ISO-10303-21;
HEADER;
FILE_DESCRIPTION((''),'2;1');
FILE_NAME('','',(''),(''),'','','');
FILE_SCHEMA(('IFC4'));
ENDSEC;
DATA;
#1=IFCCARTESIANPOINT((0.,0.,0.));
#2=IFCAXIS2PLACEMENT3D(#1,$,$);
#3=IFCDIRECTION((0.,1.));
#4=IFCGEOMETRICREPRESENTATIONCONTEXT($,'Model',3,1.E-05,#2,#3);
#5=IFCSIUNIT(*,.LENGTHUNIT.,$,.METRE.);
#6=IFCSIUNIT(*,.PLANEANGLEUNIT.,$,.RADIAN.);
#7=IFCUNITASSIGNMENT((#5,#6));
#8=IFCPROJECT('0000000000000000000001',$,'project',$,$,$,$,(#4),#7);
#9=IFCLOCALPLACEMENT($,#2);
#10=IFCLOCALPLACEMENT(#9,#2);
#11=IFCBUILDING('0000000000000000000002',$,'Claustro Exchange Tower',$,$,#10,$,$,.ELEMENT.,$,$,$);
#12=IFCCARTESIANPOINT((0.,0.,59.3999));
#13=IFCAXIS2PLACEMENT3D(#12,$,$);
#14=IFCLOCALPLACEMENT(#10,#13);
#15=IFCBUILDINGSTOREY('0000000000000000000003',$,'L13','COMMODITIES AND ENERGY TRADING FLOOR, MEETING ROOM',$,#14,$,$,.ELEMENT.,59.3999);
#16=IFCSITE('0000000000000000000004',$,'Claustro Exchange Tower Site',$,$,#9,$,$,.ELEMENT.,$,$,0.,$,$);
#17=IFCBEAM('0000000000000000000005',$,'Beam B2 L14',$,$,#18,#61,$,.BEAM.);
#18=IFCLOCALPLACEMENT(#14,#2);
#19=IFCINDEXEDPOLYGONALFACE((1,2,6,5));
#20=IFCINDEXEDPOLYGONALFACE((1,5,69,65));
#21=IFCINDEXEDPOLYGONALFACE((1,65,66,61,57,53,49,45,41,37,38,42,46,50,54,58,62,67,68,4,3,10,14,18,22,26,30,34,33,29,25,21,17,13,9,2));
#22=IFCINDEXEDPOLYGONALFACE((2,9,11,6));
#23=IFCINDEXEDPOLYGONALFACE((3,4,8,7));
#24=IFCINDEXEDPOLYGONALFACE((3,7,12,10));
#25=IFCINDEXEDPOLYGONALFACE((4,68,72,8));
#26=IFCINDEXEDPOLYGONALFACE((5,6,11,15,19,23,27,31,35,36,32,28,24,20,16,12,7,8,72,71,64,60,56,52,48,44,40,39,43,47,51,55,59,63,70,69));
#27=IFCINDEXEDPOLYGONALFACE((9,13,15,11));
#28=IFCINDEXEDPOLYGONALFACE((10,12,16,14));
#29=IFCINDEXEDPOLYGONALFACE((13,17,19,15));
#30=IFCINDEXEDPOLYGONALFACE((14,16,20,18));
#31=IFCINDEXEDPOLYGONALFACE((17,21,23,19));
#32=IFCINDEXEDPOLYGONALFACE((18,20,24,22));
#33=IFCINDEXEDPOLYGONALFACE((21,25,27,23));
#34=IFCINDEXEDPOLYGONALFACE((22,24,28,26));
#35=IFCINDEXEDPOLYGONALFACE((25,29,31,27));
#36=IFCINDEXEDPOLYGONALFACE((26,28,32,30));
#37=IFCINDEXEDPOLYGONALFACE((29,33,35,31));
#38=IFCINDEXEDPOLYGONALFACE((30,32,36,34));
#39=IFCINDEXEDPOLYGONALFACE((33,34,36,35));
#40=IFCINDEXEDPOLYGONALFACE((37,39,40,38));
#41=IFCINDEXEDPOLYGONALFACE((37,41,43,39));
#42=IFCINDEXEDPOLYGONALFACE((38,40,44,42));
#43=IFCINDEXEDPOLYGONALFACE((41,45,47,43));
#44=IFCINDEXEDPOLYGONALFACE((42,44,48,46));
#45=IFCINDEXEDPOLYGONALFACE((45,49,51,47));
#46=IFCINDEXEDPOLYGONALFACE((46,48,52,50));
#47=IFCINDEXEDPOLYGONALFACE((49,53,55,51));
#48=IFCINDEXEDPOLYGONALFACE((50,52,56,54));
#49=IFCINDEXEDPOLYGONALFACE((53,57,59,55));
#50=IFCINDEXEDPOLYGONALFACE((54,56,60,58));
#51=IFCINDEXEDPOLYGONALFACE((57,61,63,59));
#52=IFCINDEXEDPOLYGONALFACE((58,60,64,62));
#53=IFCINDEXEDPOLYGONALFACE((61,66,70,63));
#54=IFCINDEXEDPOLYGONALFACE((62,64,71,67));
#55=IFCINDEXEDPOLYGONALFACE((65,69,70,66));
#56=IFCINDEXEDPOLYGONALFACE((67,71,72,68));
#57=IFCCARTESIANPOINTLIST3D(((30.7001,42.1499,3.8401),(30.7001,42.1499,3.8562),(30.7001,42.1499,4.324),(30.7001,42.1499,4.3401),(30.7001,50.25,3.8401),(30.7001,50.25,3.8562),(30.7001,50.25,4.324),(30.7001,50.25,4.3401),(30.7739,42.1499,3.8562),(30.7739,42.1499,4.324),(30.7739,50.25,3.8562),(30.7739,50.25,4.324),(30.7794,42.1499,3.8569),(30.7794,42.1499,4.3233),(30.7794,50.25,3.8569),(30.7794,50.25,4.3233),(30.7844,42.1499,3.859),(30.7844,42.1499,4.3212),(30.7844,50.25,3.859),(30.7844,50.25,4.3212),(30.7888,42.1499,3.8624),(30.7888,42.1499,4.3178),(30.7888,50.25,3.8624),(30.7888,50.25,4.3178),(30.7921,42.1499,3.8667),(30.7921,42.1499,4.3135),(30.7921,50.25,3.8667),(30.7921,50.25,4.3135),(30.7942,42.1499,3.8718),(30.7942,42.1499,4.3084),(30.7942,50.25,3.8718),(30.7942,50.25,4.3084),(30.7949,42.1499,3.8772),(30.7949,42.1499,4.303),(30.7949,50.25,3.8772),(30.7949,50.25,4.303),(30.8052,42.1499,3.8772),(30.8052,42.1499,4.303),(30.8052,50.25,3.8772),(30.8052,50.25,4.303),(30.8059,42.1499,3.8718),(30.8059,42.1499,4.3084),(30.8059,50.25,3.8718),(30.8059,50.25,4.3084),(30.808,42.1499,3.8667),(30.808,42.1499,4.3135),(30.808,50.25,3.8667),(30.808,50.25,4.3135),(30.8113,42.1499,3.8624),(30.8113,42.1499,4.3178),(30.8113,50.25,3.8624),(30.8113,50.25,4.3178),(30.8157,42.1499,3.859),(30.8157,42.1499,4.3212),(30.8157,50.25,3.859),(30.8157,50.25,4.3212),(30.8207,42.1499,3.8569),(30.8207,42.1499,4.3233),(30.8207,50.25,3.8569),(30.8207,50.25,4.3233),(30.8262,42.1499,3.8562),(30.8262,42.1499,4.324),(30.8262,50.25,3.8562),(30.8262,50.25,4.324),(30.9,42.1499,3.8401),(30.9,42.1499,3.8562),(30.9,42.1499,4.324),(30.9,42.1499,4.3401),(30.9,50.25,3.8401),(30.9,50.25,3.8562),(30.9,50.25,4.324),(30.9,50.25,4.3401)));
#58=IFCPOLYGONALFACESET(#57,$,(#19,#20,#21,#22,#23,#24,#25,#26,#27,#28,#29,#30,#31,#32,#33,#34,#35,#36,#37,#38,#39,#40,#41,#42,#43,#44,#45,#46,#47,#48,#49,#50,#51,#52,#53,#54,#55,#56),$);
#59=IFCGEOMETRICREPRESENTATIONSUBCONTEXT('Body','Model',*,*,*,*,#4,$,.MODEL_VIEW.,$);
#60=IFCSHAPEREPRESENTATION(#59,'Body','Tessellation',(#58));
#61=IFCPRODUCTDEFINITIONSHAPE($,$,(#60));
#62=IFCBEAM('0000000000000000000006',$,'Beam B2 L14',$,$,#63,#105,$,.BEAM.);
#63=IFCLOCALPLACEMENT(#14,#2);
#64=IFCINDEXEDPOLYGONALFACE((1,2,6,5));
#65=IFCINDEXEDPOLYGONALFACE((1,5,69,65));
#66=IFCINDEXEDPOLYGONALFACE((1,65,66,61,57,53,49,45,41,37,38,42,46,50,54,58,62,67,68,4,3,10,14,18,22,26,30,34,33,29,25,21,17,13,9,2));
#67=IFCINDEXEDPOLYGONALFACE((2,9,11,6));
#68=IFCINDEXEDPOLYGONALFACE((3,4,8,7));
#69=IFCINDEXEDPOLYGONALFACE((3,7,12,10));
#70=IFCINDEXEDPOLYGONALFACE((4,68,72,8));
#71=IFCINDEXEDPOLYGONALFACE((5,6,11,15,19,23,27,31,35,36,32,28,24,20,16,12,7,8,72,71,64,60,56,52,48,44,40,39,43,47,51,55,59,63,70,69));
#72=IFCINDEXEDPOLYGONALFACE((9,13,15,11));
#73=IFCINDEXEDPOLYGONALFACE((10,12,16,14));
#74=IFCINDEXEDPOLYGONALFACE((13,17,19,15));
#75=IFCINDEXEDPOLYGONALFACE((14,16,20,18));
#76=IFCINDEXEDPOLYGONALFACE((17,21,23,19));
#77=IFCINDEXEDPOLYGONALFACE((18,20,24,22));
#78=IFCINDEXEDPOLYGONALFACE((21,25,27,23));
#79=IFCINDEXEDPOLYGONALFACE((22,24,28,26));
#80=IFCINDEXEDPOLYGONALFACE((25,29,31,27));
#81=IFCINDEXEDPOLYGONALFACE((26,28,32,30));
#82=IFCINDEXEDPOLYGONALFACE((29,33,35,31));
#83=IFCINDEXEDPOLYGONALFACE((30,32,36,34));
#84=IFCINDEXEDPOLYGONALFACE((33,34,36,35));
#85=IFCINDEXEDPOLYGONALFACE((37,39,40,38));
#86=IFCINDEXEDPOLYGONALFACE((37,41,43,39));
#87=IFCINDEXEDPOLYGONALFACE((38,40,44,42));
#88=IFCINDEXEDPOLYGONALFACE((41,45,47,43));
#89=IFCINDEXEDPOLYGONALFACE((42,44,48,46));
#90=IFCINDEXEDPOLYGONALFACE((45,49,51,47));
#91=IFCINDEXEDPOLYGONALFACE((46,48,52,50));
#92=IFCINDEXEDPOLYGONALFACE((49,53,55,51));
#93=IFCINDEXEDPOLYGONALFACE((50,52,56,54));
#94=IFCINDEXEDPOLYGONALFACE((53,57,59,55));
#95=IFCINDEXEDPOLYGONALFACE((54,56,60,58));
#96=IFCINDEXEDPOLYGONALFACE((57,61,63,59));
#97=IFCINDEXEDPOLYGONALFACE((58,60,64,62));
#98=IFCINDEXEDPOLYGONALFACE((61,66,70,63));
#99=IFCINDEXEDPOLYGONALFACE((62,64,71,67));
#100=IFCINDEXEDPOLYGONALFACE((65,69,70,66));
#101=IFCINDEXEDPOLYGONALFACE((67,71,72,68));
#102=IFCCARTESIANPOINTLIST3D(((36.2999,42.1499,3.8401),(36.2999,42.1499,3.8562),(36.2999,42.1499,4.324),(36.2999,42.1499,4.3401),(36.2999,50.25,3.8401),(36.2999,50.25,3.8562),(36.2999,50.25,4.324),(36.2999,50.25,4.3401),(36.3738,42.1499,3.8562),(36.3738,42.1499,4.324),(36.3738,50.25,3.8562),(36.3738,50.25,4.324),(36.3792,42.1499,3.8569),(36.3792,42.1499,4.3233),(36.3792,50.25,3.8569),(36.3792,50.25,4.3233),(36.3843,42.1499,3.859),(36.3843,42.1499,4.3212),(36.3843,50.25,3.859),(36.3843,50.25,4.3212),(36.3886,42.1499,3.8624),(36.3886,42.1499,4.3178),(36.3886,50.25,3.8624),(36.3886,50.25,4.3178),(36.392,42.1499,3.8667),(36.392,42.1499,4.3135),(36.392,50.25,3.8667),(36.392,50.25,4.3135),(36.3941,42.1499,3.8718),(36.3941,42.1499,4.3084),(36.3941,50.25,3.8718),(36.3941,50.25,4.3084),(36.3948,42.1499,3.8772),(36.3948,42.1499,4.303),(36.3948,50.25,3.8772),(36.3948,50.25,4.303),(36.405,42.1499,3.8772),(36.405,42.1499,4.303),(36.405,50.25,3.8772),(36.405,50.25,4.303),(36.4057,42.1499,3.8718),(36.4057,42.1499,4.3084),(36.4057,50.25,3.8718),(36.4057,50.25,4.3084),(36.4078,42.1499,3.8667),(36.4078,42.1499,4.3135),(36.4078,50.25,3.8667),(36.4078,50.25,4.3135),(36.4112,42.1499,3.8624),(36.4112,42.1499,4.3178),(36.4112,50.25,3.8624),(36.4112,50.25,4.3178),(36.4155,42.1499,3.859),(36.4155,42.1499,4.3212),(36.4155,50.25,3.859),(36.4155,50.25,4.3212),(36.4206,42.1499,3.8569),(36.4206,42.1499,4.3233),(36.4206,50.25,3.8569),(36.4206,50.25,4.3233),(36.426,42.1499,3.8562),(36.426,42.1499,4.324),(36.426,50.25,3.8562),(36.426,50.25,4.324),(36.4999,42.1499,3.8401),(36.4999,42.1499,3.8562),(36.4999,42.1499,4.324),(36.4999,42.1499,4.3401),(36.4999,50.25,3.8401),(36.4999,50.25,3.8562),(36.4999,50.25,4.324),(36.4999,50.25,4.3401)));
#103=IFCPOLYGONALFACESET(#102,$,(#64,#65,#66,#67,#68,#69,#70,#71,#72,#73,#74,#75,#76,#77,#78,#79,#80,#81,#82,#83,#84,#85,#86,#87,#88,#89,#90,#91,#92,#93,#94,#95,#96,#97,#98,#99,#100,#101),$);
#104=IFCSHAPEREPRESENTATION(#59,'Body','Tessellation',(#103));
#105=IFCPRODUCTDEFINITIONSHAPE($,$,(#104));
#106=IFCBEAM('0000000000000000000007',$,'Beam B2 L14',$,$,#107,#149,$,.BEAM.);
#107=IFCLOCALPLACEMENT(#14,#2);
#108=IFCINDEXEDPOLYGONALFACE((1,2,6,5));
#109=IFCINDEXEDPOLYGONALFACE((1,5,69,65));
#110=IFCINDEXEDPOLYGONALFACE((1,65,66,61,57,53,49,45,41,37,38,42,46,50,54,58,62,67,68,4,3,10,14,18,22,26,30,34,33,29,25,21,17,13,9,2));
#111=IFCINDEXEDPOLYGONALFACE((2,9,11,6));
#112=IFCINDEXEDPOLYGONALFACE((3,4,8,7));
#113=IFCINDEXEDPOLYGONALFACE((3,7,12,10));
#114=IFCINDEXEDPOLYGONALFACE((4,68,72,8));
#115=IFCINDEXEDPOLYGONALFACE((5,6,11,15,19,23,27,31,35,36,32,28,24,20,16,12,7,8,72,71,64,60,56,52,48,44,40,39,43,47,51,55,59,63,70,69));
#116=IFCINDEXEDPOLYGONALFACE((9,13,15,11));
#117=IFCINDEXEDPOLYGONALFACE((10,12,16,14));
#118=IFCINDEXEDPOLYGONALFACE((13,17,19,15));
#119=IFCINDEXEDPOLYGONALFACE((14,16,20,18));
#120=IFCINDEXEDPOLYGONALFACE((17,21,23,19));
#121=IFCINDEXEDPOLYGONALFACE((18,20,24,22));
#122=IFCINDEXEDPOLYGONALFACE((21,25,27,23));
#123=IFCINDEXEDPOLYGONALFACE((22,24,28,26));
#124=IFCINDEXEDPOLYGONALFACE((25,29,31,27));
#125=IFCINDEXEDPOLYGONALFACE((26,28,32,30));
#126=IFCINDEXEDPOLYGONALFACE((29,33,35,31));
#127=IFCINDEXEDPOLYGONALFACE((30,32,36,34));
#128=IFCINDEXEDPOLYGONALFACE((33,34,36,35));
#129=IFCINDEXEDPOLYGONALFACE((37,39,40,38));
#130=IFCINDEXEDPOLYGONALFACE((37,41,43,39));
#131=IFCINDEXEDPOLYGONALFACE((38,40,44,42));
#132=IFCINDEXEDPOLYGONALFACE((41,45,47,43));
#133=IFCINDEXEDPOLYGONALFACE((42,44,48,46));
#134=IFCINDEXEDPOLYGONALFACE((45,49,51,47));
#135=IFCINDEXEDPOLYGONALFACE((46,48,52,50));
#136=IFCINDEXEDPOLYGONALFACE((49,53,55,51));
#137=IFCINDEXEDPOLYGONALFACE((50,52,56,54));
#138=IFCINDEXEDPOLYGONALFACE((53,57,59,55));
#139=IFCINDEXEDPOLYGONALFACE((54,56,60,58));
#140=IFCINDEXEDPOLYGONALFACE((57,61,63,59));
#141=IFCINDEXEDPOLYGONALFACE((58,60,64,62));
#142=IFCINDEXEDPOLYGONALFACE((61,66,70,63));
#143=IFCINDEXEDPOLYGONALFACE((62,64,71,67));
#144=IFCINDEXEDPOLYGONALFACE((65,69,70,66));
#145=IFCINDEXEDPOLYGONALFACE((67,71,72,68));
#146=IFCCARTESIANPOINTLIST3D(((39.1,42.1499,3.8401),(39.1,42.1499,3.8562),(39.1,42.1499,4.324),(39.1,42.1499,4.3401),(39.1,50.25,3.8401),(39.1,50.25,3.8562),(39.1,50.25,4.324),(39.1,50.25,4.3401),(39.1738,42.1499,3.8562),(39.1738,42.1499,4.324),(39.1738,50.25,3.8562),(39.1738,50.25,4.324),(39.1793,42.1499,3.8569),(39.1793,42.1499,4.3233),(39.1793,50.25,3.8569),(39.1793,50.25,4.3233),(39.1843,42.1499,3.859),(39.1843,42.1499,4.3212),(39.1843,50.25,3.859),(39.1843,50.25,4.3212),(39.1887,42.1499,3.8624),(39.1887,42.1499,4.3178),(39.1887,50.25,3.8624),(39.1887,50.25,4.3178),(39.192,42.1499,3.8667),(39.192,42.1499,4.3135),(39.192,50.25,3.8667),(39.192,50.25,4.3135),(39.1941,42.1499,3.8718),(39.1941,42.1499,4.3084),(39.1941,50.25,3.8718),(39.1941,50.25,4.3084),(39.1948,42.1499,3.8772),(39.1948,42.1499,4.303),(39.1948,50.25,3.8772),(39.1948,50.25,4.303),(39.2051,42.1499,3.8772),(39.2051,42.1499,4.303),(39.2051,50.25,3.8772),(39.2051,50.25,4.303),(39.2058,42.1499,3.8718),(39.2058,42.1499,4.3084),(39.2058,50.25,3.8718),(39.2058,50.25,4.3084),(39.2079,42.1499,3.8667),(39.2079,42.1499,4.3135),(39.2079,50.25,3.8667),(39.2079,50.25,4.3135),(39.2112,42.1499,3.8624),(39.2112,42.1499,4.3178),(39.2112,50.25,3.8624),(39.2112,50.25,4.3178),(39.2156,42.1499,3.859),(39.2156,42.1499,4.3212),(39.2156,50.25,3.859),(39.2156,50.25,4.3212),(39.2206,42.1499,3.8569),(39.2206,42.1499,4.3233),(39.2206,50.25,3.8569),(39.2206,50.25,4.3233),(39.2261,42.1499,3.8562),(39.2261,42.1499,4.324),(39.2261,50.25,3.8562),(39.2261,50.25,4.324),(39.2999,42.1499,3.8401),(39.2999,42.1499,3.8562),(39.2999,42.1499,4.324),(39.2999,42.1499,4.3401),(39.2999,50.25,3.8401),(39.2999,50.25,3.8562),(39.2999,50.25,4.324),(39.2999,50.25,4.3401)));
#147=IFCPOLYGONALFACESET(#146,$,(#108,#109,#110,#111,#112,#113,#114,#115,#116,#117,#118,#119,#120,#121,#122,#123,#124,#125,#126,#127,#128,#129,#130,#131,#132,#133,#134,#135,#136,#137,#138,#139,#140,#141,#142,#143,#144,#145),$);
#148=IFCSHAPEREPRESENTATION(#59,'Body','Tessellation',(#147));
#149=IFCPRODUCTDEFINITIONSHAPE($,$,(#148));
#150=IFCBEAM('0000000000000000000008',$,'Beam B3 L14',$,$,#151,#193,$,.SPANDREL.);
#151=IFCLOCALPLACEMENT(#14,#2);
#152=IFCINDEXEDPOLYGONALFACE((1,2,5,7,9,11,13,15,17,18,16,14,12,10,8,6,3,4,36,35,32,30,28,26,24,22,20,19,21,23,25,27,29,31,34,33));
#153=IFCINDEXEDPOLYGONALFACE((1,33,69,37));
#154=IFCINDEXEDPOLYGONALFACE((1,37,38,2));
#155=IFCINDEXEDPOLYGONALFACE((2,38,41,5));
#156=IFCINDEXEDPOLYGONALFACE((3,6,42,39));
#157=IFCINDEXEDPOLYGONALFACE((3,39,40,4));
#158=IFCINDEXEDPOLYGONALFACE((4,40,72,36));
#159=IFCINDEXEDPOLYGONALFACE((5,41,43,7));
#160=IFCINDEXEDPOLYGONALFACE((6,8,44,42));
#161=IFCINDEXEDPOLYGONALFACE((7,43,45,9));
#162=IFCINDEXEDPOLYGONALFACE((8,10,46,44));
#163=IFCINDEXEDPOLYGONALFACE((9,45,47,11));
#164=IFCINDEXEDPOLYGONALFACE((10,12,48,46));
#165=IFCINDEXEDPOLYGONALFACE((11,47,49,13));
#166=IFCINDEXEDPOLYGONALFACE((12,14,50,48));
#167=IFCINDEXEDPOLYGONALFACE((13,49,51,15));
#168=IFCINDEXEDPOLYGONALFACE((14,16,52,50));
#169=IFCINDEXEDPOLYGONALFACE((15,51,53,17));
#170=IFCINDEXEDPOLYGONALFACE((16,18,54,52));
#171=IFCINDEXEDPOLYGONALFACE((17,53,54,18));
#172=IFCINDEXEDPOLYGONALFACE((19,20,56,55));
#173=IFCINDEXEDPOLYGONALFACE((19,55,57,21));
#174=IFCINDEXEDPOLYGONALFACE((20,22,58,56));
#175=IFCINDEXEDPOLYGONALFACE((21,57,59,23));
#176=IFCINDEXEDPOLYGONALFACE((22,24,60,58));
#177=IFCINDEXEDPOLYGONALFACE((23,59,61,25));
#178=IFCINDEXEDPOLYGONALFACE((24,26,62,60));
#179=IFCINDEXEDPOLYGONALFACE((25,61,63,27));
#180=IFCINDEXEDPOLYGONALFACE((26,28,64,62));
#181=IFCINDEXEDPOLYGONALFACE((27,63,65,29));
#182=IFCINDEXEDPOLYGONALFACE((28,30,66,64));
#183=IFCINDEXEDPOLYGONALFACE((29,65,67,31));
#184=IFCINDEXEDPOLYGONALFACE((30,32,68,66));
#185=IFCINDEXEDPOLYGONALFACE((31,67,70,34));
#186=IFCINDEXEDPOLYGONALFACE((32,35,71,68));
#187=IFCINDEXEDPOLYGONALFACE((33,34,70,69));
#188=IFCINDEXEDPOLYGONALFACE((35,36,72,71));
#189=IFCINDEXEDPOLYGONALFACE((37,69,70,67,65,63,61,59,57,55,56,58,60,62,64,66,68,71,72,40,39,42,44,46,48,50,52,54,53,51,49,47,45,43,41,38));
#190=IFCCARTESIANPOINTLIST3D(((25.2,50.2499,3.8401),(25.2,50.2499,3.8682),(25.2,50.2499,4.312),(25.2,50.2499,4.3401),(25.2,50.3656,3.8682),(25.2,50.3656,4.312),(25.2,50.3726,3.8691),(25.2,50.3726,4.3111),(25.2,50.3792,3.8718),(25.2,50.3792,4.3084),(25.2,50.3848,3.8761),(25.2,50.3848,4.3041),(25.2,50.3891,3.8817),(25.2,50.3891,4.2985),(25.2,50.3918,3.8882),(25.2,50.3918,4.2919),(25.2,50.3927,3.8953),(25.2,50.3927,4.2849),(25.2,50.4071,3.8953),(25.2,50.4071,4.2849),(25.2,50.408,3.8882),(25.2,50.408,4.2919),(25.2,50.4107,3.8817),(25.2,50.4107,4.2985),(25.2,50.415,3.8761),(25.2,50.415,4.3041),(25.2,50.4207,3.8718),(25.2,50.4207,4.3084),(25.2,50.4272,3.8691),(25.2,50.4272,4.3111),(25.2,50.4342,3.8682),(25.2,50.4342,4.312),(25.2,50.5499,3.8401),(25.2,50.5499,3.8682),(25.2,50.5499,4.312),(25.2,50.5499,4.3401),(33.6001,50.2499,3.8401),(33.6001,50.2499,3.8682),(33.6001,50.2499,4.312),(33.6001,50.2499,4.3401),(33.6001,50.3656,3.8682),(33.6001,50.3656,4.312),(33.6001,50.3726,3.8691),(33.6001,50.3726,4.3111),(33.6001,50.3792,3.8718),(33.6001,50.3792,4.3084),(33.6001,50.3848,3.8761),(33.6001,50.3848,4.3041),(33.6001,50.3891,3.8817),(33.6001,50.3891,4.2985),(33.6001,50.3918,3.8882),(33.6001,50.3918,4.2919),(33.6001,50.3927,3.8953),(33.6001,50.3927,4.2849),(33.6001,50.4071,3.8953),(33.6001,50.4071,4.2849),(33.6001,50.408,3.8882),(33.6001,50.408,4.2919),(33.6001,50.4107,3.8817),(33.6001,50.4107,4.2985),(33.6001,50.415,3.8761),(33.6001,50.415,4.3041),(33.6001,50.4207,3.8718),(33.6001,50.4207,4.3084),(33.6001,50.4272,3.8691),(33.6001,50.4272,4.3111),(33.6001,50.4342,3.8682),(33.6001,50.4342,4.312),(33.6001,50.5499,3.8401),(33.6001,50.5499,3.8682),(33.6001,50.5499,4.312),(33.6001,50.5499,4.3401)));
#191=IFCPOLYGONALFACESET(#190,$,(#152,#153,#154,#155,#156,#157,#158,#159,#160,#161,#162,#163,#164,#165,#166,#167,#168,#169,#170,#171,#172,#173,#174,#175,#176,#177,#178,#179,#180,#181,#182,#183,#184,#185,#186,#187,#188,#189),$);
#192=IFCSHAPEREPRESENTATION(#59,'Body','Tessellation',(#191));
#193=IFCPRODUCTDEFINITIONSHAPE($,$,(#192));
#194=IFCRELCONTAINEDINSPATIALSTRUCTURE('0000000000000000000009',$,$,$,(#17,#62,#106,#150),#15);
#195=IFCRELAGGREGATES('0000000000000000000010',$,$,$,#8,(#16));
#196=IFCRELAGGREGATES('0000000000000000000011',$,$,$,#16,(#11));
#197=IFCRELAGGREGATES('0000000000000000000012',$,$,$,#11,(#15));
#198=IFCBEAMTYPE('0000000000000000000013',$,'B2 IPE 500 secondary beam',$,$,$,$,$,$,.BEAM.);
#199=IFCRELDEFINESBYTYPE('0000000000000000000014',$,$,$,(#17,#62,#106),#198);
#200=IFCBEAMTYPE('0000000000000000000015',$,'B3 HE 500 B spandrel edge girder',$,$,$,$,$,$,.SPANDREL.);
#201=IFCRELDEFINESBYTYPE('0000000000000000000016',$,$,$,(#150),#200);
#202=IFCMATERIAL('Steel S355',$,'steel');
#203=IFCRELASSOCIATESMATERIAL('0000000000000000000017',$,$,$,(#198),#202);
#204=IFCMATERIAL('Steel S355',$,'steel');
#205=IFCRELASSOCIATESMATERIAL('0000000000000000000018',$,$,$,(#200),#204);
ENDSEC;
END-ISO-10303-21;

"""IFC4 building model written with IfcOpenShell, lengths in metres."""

from ifc_helpers import new_model, si_unit, direction, frame, origin, origin_2d, place, context, subcontext, project, spatial, i_section, extrude, material, material_profile, profile_set, type_object, element, save


model = new_model("IFC4")

# Units and contexts
model_context = context("Model", 3, precision=1e-05, world=origin(), true_north=direction((0.0, 1.0)))
body_context = subcontext(model_context, "Body", "Model", "MODEL_VIEW")
ifc_project = project(units=[si_unit("LENGTHUNIT", "METRE"), si_unit("PLANEANGLEUNIT", "RADIAN")], contexts=[model_context])

# Site, building, storey
site_placement = place(None, origin())
site = spatial("IfcSite", under=ifc_project, at=site_placement, Name="Claustro Exchange Tower Site", CompositionType="ELEMENT", RefElevation=0.0)
building_placement = place(site_placement, origin())
building = spatial("IfcBuilding", under=site, at=building_placement, Name="Claustro Exchange Tower", CompositionType="ELEMENT")
storey_placement = place(building_placement, frame((0.0, 0.0, 59.3999)))
storey = spatial("IfcBuildingStorey", under=building, at=storey_placement, Name="L13", Description="COMMODITIES AND ENERGY TRADING FLOOR, MEETING ROOM", CompositionType="ELEMENT", Elevation=59.3999)

# Beams
ifc_material_1 = material(Name="Steel S355", Category="steel")
ifc_material_profile_1 = material_profile(ifc_material_1, i_section(OverallWidth=0.2, OverallDepth=0.5, WebThickness=0.0103, FlangeThickness=0.0161, FilletRadius=0.021, at=origin_2d()), Name="IPE 500")
ifc_profile_set_1 = profile_set([ifc_material_profile_1], Name="Steel S355")
beam_type_1 = type_object("IfcBeamType", Name="B2 IPE 500 secondary beam", PredefinedType="BEAM", material=ifc_profile_set_1)
for number, where, z_axis, x_axis, name in (
    (1, (30.8, 42.1499, 4.0901), (0.0, 1.0, 0.0), (-1.0, 0.0, 0.0), "Beam B2 L14"),
    (2, (36.3999, 42.1499, 4.0901), (0.0, 1.0, 0.0), (-1.0, 0.0, 0.0), "Beam B2 L14"),
    (3, (39.2, 42.1499, 4.0901), (0.0, 1.0, 0.0), (-1.0, 0.0, 0.0), "Beam B2 L14"),
):
    element("IfcBeam", number, at=place(storey_placement, frame(where, z_axis=z_axis, x_axis=x_axis)), inside=storey, type_object=beam_type_1, Name=name, PredefinedType="BEAM", context=body_context, shape_type="SweptSolid", body=[
        extrude(i_section(OverallWidth=0.2, OverallDepth=0.5, WebThickness=0.0103, FlangeThickness=0.0161, FilletRadius=0.021, at=origin_2d()), origin(), (0.0, 0.0, 1.0), 8.1001),
    ])
ifc_material_2 = material(Name="Steel S355", Category="steel")
ifc_material_profile_2 = material_profile(ifc_material_2, i_section(OverallWidth=0.3, OverallDepth=0.5, WebThickness=0.0144, FlangeThickness=0.0281, FilletRadius=0.0271, at=origin_2d()), Name="HE 500 B")
ifc_profile_set_2 = profile_set([ifc_material_profile_2], Name="Steel S355")
beam_type_2 = type_object("IfcBeamType", Name="B3 HE 500 B spandrel edge girder", PredefinedType="SPANDREL", material=ifc_profile_set_2)
beam_1_placement = place(storey_placement, frame((25.2, 50.3999, 4.0901), z_axis=(1.0, 0.0, 0.0), x_axis=(0.0, 1.0, 0.0)))
element("IfcBeam", 4, at=beam_1_placement, inside=storey, type_object=beam_type_2, Name="Beam B3 L14", PredefinedType="SPANDREL", context=body_context, shape_type="SweptSolid", body=[
    extrude(i_section(OverallWidth=0.3, OverallDepth=0.5, WebThickness=0.0144, FlangeThickness=0.0281, FilletRadius=0.0271, at=origin_2d()), origin(), (0.0, 0.0, 1.0), 8.4001),
])

save(model, "model.ifc")
